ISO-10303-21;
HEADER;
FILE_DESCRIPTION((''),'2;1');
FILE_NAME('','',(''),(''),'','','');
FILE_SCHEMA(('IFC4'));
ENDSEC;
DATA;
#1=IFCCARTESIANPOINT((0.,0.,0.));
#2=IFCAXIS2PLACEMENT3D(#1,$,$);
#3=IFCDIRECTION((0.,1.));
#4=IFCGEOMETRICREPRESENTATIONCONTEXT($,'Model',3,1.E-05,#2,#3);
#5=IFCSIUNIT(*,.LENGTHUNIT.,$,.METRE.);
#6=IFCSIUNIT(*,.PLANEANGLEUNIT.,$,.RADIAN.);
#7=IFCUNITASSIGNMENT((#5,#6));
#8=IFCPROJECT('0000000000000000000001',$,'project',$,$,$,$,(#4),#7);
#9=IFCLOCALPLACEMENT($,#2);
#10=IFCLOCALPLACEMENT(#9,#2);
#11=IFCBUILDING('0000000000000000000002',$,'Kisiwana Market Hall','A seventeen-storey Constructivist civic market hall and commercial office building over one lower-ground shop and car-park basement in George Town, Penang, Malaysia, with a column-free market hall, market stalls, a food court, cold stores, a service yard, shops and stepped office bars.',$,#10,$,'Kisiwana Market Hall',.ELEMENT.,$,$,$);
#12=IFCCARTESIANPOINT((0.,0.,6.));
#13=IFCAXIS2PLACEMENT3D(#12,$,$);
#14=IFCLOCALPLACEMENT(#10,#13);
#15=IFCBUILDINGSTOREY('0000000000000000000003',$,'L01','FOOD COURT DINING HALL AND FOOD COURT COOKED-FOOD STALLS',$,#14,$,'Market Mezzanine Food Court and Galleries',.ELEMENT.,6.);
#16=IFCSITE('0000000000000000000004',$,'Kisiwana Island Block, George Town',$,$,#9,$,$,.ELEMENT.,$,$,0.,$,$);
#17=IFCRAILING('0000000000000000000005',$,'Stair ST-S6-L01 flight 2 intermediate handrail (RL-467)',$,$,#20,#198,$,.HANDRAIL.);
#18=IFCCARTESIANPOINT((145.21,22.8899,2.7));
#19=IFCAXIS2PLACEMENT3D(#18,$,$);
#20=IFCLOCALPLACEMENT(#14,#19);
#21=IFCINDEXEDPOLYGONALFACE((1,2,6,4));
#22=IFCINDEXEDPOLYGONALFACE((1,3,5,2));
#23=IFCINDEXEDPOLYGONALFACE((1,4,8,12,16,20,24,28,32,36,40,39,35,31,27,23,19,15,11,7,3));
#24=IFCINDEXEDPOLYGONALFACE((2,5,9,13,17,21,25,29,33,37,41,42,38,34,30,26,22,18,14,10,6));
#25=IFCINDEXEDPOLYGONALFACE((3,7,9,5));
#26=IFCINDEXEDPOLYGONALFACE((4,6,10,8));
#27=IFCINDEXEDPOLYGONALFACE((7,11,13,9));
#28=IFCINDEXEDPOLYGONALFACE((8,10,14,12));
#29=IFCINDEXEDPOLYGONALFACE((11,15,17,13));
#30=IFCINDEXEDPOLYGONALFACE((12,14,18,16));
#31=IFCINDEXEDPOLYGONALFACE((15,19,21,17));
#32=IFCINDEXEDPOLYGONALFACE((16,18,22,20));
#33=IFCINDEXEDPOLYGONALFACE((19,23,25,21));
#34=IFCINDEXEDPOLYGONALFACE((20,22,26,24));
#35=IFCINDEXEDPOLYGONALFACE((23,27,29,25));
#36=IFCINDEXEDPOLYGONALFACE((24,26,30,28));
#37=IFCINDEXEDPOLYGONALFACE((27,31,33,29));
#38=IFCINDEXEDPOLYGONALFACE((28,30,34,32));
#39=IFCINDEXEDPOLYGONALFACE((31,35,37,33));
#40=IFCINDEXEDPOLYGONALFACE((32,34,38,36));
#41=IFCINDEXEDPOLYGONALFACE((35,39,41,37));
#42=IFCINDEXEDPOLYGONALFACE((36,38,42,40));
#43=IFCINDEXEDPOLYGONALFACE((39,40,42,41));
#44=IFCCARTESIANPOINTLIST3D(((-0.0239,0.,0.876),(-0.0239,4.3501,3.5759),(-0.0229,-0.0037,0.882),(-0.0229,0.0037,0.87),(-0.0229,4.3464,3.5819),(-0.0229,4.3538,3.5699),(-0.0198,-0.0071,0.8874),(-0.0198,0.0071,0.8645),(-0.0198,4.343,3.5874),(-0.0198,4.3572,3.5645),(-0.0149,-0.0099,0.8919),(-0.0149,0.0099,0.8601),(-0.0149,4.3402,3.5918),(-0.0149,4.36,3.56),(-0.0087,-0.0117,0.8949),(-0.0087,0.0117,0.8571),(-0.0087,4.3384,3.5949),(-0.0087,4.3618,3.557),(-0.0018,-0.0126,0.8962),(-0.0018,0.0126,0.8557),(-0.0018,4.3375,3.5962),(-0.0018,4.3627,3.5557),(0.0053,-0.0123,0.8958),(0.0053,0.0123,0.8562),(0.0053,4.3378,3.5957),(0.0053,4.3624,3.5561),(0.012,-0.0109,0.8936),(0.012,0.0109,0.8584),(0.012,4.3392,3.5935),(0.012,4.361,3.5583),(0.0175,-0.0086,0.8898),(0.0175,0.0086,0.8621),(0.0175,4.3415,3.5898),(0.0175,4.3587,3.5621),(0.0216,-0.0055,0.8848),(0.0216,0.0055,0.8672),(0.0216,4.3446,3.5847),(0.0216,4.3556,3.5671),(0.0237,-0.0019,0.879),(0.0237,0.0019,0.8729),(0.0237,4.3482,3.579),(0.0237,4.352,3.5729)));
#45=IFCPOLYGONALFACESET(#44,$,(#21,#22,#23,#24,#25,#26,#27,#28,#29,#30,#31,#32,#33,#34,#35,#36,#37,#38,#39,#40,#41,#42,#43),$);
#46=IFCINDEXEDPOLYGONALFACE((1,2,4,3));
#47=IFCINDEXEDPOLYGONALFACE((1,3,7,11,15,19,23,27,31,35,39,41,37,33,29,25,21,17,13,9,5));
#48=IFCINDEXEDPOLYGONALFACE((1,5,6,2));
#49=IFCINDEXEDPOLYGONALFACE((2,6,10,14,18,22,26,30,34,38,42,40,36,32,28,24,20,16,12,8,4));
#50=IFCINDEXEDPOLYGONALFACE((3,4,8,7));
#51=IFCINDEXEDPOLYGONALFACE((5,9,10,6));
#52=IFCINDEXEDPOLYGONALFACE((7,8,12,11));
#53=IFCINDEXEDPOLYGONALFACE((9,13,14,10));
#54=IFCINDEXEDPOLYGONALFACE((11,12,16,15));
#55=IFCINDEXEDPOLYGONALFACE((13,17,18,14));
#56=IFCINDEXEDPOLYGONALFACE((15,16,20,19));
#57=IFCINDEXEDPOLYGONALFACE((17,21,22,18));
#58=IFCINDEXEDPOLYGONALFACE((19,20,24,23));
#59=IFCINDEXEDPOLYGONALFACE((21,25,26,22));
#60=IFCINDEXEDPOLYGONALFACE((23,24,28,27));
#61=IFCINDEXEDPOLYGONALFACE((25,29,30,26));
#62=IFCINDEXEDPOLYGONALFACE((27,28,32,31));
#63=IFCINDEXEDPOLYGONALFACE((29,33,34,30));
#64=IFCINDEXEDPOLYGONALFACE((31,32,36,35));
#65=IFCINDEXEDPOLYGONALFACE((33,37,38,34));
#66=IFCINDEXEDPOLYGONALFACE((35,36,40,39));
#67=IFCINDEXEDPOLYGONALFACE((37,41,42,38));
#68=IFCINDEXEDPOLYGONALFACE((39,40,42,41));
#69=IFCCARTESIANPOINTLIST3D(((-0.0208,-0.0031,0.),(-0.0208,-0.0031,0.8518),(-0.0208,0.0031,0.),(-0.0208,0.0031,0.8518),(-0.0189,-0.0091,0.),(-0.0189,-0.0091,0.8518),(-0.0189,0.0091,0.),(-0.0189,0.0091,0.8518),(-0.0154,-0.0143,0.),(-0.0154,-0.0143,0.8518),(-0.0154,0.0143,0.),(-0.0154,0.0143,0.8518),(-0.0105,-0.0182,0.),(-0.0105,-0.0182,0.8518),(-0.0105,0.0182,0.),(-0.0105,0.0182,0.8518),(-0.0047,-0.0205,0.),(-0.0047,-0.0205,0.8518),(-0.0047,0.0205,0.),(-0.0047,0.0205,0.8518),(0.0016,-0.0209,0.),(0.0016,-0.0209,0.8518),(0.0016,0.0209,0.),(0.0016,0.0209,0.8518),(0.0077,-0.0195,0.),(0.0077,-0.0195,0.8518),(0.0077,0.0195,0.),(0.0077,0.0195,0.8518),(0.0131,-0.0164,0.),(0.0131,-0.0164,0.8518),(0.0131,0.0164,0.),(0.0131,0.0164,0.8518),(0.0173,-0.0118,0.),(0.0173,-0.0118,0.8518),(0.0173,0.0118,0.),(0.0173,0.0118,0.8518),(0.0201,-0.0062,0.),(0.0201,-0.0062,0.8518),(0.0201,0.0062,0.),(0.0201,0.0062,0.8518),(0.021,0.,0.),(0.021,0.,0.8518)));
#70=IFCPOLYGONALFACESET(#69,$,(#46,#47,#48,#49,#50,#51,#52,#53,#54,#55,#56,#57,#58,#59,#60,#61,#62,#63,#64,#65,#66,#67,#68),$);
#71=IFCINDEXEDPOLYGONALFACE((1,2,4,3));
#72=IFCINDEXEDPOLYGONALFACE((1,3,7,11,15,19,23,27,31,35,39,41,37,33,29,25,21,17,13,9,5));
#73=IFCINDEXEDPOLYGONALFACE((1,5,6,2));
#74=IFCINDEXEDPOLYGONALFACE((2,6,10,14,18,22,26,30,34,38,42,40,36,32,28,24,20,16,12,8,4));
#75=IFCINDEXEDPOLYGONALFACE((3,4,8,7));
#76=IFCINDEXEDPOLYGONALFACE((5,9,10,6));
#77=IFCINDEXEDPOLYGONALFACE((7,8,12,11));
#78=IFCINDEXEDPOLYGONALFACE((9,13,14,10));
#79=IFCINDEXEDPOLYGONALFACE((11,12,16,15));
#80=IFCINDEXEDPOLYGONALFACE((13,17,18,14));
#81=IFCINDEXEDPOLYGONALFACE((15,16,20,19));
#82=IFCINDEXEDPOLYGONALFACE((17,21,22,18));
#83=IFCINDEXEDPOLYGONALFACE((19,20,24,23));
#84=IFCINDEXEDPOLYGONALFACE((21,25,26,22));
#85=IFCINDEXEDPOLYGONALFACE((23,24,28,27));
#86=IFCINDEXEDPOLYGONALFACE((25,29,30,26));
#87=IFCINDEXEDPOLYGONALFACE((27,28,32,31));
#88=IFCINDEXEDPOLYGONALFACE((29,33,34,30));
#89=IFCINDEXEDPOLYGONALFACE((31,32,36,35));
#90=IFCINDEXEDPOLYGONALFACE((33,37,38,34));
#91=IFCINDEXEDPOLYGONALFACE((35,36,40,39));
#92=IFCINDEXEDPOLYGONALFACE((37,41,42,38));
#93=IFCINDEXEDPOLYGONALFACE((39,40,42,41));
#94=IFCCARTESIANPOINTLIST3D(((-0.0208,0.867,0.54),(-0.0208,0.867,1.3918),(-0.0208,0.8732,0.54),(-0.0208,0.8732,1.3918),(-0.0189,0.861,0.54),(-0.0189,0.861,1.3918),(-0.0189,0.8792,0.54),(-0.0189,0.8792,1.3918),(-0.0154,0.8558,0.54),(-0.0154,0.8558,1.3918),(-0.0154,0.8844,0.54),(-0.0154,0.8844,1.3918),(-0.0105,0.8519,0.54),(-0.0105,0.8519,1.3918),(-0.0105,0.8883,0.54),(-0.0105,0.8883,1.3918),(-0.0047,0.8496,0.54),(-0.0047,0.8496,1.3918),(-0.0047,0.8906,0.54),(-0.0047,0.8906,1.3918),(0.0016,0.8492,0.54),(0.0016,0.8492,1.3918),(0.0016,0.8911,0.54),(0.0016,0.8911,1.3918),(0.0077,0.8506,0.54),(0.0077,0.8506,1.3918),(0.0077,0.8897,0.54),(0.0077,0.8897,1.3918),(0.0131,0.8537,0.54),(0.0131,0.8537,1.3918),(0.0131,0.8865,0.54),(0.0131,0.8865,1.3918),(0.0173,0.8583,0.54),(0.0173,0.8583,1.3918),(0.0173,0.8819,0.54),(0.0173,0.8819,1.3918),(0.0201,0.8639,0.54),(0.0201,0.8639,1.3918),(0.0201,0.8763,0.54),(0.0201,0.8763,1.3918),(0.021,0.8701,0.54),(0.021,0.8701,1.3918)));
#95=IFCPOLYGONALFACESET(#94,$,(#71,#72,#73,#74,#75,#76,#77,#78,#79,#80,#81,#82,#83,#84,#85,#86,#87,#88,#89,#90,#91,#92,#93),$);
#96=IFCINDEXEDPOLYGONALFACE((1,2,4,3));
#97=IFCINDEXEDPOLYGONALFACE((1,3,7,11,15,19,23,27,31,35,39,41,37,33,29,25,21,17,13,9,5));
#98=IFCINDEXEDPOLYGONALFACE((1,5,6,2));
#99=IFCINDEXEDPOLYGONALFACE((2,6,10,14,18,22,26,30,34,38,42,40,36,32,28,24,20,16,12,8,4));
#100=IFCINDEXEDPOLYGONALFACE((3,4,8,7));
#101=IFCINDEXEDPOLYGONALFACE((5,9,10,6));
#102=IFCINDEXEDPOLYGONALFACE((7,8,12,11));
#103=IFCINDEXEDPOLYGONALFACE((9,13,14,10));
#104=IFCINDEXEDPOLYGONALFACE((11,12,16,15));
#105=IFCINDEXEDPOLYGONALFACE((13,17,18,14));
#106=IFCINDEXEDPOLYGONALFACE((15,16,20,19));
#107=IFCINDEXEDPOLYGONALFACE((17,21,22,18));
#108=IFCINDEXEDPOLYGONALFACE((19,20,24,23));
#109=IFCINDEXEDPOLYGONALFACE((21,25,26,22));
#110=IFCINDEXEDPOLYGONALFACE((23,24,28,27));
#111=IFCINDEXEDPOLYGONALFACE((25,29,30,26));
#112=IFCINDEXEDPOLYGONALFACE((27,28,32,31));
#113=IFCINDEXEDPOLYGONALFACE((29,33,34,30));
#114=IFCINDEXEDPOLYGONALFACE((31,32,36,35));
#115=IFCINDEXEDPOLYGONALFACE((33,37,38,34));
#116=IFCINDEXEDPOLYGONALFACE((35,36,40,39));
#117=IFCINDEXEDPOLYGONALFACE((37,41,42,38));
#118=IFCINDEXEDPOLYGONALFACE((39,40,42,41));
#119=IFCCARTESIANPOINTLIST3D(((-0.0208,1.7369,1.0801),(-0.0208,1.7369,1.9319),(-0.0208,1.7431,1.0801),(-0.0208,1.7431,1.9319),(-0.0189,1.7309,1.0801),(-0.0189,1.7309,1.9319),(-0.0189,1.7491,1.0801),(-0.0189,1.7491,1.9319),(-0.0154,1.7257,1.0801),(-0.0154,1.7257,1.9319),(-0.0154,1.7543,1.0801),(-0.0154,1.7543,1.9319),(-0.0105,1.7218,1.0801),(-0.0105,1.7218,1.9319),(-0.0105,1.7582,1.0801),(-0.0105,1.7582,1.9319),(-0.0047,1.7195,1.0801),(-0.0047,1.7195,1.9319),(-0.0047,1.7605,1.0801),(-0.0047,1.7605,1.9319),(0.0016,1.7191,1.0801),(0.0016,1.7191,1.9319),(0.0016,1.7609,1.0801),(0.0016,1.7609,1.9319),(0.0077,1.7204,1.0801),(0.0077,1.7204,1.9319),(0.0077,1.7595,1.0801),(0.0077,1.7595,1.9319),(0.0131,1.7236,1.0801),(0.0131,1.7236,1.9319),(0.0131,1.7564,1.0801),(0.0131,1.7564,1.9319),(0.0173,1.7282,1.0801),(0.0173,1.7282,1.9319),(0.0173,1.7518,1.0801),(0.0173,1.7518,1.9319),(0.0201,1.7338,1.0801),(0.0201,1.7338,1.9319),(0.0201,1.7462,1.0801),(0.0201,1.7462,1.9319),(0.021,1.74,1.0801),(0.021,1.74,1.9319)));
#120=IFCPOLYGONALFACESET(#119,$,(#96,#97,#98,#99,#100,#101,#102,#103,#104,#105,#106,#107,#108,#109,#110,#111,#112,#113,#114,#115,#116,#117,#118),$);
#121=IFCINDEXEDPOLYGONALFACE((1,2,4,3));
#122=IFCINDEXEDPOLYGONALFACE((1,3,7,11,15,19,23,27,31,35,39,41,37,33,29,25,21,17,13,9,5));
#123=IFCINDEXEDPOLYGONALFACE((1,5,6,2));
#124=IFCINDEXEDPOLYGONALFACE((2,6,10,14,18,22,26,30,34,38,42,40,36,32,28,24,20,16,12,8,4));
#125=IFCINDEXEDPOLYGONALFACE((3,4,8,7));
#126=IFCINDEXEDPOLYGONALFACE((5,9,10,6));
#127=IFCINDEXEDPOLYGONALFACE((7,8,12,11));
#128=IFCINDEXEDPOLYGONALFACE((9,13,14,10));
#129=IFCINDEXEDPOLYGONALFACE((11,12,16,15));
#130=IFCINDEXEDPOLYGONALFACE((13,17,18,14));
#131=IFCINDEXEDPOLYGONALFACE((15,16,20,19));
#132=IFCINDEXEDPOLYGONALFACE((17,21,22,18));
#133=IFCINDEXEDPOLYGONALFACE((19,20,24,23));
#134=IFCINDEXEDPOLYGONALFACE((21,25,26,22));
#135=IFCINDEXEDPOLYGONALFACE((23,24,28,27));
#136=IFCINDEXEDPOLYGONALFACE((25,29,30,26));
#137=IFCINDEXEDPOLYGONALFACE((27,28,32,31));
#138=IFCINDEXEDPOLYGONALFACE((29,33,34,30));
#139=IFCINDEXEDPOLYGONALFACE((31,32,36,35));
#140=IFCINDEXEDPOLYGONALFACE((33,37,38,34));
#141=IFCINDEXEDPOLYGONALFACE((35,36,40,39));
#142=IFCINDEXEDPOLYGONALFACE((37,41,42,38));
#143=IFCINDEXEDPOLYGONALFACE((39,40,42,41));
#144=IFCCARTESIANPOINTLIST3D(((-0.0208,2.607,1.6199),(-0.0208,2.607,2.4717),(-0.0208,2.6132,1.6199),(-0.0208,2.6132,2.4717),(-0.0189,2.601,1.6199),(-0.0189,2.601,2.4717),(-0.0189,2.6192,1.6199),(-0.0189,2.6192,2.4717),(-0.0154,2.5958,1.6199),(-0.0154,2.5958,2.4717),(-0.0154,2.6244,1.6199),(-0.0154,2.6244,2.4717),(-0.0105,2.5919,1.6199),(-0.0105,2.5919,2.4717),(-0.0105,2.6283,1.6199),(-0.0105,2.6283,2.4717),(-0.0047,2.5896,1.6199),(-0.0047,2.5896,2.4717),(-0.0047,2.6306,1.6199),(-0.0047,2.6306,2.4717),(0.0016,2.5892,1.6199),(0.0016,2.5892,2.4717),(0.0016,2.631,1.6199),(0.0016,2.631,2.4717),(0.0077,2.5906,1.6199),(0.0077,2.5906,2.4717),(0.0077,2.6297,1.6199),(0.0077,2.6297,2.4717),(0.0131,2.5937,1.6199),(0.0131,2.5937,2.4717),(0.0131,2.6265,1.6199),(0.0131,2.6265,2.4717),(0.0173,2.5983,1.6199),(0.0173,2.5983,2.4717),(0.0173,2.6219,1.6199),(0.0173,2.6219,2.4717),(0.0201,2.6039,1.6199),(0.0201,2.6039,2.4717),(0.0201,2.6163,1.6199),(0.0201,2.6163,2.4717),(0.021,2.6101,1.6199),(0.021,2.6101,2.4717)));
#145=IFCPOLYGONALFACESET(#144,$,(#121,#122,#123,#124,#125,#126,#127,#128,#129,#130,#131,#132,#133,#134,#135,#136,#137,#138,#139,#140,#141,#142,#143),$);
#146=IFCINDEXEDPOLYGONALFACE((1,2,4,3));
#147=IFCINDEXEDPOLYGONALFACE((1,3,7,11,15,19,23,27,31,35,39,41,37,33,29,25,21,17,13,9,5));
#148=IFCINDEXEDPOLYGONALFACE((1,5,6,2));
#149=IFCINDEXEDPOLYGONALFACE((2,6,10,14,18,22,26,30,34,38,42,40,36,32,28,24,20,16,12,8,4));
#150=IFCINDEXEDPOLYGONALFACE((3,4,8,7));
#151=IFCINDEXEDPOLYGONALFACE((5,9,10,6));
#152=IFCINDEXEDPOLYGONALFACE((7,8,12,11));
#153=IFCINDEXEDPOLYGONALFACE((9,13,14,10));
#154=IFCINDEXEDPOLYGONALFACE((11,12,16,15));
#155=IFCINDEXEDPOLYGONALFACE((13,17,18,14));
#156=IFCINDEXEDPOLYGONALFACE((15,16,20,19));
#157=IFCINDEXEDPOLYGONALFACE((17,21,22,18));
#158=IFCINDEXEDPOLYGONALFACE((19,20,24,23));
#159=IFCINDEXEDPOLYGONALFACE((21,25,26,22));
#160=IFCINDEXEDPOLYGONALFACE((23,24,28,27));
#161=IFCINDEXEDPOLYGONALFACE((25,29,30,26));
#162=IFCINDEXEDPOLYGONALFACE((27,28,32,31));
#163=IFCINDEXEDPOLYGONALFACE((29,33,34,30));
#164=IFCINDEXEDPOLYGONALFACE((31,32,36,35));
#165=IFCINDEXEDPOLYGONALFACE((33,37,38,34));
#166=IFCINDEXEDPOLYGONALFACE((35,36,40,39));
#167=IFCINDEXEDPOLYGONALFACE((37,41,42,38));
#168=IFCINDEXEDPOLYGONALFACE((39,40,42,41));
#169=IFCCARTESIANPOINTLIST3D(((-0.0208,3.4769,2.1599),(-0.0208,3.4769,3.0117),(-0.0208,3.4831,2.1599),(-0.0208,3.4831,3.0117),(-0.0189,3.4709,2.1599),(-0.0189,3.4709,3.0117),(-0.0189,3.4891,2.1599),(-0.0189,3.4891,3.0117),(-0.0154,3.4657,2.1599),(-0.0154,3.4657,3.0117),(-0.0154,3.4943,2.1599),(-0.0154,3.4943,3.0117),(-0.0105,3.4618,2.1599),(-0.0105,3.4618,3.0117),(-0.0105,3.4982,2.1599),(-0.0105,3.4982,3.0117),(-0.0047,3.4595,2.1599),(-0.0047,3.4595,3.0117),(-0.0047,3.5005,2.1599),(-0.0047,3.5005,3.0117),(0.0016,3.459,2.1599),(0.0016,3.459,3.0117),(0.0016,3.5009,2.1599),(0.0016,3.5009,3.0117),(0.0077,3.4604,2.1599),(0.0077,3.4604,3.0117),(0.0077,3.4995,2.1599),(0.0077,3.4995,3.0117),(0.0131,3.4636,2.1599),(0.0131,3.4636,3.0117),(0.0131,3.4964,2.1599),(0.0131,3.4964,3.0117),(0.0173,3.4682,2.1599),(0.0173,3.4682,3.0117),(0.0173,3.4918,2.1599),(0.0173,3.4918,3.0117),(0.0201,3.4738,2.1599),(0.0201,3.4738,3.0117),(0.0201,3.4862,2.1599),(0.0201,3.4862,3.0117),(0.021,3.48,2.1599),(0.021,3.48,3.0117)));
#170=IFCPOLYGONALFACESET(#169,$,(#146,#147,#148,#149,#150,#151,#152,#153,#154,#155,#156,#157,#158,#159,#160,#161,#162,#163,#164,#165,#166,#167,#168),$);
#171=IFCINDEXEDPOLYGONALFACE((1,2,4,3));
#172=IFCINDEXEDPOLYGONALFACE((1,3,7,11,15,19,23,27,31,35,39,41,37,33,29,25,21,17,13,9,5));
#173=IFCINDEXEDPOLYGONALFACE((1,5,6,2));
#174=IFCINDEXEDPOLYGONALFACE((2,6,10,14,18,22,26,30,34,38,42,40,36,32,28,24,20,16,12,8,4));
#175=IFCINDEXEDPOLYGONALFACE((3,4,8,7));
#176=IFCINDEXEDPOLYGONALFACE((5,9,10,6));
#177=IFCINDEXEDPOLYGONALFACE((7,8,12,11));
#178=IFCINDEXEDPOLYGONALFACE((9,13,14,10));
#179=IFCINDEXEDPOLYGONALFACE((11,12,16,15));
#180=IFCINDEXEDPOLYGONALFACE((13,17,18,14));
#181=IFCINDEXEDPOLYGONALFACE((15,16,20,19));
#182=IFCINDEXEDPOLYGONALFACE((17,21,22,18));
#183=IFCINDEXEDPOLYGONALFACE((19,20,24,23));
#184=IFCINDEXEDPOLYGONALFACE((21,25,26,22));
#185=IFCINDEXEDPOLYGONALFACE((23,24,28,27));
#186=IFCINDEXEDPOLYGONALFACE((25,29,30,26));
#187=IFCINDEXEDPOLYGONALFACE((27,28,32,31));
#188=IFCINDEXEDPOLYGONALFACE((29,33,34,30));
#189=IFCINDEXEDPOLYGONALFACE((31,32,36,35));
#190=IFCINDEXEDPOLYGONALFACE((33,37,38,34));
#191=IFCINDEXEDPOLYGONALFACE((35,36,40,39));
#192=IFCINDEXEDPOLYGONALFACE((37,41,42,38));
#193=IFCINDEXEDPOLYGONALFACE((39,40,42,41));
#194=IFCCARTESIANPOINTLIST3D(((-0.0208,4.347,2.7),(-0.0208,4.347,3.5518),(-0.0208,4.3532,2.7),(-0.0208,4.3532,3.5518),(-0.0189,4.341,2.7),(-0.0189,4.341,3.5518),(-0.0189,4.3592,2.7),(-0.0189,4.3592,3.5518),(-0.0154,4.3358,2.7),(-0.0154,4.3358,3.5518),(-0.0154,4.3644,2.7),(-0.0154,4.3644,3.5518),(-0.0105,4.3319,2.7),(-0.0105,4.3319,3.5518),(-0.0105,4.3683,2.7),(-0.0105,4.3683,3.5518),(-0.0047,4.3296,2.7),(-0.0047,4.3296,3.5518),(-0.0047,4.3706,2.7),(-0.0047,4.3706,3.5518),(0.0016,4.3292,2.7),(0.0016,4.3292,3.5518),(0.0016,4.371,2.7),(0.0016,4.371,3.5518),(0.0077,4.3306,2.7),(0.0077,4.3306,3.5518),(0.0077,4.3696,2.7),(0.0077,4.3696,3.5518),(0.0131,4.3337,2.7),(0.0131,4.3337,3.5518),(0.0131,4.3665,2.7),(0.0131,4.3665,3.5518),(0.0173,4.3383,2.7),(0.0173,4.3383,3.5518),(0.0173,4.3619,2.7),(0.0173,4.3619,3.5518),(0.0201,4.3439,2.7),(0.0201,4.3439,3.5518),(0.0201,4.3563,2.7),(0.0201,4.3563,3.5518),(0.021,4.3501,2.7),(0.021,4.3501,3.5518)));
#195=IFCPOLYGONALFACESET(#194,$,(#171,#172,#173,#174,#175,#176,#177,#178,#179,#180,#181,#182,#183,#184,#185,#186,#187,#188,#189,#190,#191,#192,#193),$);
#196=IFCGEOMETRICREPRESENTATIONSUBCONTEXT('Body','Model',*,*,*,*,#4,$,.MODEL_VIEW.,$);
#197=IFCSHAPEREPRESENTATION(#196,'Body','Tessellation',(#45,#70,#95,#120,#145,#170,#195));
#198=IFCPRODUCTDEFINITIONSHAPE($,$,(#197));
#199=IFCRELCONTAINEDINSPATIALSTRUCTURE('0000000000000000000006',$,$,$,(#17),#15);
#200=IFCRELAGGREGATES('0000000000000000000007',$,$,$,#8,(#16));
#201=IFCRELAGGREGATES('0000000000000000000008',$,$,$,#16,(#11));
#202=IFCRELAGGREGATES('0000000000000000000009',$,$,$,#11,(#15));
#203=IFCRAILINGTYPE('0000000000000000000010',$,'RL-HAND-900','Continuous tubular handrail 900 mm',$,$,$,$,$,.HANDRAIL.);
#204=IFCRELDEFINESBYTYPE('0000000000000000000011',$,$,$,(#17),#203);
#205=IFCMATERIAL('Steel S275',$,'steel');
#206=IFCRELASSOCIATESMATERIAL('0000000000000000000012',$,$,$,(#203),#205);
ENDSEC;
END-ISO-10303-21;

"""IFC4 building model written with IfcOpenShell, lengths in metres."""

from ifc_helpers import new_model, si_unit, direction, frame, origin, origin_2d, place, context, subcontext, project, spatial, circle, extrude, material, type_object, element, save


model = new_model("IFC4")

# Units and contexts
model_context = context("Model", 3, precision=1e-05, world=origin(), true_north=direction((0.0, 1.0)))
body_context = subcontext(model_context, "Body", "Model", "MODEL_VIEW")
ifc_project = project(units=[si_unit("LENGTHUNIT", "METRE"), si_unit("PLANEANGLEUNIT", "RADIAN")], contexts=[model_context])

# Site, building, storey
site_placement = place(None, origin())
site = spatial("IfcSite", under=ifc_project, at=site_placement, Name="Kisiwana Island Block, George Town", CompositionType="ELEMENT", RefElevation=0.0)
building_placement = place(site_placement, origin())
building = spatial("IfcBuilding", under=site, at=building_placement, Name="Kisiwana Market Hall", Description="A seventeen-storey Constructivist civic market hall and commercial office building over one lower-ground shop and car-park basement in George Town, Penang, Malaysia, with a column-free market hall, market stalls, a food court, cold stores, a service yard, shops and stepped office bars.", LongName="Kisiwana Market Hall", CompositionType="ELEMENT")
storey_placement = place(building_placement, frame((0.0, 0.0, 6.0)))
storey = spatial("IfcBuildingStorey", under=building, at=storey_placement, Name="L01", Description="FOOD COURT DINING HALL AND FOOD COURT COOKED-FOOD STALLS", LongName="Market Mezzanine Food Court and Galleries", CompositionType="ELEMENT", Elevation=6.0)

# Railing
ifc_material_1 = material(Name="Steel S275", Category="steel")
railing_type_1 = type_object("IfcRailingType", Name="RL-HAND-900", Description="Continuous tubular handrail 900 mm", PredefinedType="HANDRAIL", material=ifc_material_1)
railing_1_placement = place(storey_placement, frame((145.21, 22.8899, 2.7)))
element("IfcRailing", 1, at=railing_1_placement, inside=storey, type_object=railing_type_1, Name="Stair ST-S6-L01 flight 2 intermediate handrail (RL-467)", PredefinedType="HANDRAIL", context=body_context, shape_type="SweptSolid", body=[
    extrude(circle(Radius=0.0239, at=origin_2d()), frame((0.0, 0.0, 0.876), z_axis=(0.0, 0.84965, 0.527347), x_axis=(-1.0, 0.0, 0.0)), (0.0, 0.0, 1.0), 5.1199),
    extrude(circle(Radius=0.021, at=origin_2d()), origin(), (0.0, 0.0, 1.0), 0.8518),
    extrude(circle(Radius=0.021, at=origin_2d()), frame((0.0, 0.8701, 0.54)), (0.0, 0.0, 1.0), 0.8518),
    extrude(circle(Radius=0.021, at=origin_2d()), frame((0.0, 1.74, 1.0801)), (0.0, 0.0, 1.0), 0.8518),
    extrude(circle(Radius=0.021, at=origin_2d()), frame((0.0, 2.6101, 1.6199)), (0.0, 0.0, 1.0), 0.8518),
    extrude(circle(Radius=0.021, at=origin_2d()), frame((0.0, 3.48, 2.1599)), (0.0, 0.0, 1.0), 0.8518),
    extrude(circle(Radius=0.021, at=origin_2d()), frame((0.0, 4.3501, 2.7)), (0.0, 0.0, 1.0), 0.8518),
])

save(model, "model.ifc")
